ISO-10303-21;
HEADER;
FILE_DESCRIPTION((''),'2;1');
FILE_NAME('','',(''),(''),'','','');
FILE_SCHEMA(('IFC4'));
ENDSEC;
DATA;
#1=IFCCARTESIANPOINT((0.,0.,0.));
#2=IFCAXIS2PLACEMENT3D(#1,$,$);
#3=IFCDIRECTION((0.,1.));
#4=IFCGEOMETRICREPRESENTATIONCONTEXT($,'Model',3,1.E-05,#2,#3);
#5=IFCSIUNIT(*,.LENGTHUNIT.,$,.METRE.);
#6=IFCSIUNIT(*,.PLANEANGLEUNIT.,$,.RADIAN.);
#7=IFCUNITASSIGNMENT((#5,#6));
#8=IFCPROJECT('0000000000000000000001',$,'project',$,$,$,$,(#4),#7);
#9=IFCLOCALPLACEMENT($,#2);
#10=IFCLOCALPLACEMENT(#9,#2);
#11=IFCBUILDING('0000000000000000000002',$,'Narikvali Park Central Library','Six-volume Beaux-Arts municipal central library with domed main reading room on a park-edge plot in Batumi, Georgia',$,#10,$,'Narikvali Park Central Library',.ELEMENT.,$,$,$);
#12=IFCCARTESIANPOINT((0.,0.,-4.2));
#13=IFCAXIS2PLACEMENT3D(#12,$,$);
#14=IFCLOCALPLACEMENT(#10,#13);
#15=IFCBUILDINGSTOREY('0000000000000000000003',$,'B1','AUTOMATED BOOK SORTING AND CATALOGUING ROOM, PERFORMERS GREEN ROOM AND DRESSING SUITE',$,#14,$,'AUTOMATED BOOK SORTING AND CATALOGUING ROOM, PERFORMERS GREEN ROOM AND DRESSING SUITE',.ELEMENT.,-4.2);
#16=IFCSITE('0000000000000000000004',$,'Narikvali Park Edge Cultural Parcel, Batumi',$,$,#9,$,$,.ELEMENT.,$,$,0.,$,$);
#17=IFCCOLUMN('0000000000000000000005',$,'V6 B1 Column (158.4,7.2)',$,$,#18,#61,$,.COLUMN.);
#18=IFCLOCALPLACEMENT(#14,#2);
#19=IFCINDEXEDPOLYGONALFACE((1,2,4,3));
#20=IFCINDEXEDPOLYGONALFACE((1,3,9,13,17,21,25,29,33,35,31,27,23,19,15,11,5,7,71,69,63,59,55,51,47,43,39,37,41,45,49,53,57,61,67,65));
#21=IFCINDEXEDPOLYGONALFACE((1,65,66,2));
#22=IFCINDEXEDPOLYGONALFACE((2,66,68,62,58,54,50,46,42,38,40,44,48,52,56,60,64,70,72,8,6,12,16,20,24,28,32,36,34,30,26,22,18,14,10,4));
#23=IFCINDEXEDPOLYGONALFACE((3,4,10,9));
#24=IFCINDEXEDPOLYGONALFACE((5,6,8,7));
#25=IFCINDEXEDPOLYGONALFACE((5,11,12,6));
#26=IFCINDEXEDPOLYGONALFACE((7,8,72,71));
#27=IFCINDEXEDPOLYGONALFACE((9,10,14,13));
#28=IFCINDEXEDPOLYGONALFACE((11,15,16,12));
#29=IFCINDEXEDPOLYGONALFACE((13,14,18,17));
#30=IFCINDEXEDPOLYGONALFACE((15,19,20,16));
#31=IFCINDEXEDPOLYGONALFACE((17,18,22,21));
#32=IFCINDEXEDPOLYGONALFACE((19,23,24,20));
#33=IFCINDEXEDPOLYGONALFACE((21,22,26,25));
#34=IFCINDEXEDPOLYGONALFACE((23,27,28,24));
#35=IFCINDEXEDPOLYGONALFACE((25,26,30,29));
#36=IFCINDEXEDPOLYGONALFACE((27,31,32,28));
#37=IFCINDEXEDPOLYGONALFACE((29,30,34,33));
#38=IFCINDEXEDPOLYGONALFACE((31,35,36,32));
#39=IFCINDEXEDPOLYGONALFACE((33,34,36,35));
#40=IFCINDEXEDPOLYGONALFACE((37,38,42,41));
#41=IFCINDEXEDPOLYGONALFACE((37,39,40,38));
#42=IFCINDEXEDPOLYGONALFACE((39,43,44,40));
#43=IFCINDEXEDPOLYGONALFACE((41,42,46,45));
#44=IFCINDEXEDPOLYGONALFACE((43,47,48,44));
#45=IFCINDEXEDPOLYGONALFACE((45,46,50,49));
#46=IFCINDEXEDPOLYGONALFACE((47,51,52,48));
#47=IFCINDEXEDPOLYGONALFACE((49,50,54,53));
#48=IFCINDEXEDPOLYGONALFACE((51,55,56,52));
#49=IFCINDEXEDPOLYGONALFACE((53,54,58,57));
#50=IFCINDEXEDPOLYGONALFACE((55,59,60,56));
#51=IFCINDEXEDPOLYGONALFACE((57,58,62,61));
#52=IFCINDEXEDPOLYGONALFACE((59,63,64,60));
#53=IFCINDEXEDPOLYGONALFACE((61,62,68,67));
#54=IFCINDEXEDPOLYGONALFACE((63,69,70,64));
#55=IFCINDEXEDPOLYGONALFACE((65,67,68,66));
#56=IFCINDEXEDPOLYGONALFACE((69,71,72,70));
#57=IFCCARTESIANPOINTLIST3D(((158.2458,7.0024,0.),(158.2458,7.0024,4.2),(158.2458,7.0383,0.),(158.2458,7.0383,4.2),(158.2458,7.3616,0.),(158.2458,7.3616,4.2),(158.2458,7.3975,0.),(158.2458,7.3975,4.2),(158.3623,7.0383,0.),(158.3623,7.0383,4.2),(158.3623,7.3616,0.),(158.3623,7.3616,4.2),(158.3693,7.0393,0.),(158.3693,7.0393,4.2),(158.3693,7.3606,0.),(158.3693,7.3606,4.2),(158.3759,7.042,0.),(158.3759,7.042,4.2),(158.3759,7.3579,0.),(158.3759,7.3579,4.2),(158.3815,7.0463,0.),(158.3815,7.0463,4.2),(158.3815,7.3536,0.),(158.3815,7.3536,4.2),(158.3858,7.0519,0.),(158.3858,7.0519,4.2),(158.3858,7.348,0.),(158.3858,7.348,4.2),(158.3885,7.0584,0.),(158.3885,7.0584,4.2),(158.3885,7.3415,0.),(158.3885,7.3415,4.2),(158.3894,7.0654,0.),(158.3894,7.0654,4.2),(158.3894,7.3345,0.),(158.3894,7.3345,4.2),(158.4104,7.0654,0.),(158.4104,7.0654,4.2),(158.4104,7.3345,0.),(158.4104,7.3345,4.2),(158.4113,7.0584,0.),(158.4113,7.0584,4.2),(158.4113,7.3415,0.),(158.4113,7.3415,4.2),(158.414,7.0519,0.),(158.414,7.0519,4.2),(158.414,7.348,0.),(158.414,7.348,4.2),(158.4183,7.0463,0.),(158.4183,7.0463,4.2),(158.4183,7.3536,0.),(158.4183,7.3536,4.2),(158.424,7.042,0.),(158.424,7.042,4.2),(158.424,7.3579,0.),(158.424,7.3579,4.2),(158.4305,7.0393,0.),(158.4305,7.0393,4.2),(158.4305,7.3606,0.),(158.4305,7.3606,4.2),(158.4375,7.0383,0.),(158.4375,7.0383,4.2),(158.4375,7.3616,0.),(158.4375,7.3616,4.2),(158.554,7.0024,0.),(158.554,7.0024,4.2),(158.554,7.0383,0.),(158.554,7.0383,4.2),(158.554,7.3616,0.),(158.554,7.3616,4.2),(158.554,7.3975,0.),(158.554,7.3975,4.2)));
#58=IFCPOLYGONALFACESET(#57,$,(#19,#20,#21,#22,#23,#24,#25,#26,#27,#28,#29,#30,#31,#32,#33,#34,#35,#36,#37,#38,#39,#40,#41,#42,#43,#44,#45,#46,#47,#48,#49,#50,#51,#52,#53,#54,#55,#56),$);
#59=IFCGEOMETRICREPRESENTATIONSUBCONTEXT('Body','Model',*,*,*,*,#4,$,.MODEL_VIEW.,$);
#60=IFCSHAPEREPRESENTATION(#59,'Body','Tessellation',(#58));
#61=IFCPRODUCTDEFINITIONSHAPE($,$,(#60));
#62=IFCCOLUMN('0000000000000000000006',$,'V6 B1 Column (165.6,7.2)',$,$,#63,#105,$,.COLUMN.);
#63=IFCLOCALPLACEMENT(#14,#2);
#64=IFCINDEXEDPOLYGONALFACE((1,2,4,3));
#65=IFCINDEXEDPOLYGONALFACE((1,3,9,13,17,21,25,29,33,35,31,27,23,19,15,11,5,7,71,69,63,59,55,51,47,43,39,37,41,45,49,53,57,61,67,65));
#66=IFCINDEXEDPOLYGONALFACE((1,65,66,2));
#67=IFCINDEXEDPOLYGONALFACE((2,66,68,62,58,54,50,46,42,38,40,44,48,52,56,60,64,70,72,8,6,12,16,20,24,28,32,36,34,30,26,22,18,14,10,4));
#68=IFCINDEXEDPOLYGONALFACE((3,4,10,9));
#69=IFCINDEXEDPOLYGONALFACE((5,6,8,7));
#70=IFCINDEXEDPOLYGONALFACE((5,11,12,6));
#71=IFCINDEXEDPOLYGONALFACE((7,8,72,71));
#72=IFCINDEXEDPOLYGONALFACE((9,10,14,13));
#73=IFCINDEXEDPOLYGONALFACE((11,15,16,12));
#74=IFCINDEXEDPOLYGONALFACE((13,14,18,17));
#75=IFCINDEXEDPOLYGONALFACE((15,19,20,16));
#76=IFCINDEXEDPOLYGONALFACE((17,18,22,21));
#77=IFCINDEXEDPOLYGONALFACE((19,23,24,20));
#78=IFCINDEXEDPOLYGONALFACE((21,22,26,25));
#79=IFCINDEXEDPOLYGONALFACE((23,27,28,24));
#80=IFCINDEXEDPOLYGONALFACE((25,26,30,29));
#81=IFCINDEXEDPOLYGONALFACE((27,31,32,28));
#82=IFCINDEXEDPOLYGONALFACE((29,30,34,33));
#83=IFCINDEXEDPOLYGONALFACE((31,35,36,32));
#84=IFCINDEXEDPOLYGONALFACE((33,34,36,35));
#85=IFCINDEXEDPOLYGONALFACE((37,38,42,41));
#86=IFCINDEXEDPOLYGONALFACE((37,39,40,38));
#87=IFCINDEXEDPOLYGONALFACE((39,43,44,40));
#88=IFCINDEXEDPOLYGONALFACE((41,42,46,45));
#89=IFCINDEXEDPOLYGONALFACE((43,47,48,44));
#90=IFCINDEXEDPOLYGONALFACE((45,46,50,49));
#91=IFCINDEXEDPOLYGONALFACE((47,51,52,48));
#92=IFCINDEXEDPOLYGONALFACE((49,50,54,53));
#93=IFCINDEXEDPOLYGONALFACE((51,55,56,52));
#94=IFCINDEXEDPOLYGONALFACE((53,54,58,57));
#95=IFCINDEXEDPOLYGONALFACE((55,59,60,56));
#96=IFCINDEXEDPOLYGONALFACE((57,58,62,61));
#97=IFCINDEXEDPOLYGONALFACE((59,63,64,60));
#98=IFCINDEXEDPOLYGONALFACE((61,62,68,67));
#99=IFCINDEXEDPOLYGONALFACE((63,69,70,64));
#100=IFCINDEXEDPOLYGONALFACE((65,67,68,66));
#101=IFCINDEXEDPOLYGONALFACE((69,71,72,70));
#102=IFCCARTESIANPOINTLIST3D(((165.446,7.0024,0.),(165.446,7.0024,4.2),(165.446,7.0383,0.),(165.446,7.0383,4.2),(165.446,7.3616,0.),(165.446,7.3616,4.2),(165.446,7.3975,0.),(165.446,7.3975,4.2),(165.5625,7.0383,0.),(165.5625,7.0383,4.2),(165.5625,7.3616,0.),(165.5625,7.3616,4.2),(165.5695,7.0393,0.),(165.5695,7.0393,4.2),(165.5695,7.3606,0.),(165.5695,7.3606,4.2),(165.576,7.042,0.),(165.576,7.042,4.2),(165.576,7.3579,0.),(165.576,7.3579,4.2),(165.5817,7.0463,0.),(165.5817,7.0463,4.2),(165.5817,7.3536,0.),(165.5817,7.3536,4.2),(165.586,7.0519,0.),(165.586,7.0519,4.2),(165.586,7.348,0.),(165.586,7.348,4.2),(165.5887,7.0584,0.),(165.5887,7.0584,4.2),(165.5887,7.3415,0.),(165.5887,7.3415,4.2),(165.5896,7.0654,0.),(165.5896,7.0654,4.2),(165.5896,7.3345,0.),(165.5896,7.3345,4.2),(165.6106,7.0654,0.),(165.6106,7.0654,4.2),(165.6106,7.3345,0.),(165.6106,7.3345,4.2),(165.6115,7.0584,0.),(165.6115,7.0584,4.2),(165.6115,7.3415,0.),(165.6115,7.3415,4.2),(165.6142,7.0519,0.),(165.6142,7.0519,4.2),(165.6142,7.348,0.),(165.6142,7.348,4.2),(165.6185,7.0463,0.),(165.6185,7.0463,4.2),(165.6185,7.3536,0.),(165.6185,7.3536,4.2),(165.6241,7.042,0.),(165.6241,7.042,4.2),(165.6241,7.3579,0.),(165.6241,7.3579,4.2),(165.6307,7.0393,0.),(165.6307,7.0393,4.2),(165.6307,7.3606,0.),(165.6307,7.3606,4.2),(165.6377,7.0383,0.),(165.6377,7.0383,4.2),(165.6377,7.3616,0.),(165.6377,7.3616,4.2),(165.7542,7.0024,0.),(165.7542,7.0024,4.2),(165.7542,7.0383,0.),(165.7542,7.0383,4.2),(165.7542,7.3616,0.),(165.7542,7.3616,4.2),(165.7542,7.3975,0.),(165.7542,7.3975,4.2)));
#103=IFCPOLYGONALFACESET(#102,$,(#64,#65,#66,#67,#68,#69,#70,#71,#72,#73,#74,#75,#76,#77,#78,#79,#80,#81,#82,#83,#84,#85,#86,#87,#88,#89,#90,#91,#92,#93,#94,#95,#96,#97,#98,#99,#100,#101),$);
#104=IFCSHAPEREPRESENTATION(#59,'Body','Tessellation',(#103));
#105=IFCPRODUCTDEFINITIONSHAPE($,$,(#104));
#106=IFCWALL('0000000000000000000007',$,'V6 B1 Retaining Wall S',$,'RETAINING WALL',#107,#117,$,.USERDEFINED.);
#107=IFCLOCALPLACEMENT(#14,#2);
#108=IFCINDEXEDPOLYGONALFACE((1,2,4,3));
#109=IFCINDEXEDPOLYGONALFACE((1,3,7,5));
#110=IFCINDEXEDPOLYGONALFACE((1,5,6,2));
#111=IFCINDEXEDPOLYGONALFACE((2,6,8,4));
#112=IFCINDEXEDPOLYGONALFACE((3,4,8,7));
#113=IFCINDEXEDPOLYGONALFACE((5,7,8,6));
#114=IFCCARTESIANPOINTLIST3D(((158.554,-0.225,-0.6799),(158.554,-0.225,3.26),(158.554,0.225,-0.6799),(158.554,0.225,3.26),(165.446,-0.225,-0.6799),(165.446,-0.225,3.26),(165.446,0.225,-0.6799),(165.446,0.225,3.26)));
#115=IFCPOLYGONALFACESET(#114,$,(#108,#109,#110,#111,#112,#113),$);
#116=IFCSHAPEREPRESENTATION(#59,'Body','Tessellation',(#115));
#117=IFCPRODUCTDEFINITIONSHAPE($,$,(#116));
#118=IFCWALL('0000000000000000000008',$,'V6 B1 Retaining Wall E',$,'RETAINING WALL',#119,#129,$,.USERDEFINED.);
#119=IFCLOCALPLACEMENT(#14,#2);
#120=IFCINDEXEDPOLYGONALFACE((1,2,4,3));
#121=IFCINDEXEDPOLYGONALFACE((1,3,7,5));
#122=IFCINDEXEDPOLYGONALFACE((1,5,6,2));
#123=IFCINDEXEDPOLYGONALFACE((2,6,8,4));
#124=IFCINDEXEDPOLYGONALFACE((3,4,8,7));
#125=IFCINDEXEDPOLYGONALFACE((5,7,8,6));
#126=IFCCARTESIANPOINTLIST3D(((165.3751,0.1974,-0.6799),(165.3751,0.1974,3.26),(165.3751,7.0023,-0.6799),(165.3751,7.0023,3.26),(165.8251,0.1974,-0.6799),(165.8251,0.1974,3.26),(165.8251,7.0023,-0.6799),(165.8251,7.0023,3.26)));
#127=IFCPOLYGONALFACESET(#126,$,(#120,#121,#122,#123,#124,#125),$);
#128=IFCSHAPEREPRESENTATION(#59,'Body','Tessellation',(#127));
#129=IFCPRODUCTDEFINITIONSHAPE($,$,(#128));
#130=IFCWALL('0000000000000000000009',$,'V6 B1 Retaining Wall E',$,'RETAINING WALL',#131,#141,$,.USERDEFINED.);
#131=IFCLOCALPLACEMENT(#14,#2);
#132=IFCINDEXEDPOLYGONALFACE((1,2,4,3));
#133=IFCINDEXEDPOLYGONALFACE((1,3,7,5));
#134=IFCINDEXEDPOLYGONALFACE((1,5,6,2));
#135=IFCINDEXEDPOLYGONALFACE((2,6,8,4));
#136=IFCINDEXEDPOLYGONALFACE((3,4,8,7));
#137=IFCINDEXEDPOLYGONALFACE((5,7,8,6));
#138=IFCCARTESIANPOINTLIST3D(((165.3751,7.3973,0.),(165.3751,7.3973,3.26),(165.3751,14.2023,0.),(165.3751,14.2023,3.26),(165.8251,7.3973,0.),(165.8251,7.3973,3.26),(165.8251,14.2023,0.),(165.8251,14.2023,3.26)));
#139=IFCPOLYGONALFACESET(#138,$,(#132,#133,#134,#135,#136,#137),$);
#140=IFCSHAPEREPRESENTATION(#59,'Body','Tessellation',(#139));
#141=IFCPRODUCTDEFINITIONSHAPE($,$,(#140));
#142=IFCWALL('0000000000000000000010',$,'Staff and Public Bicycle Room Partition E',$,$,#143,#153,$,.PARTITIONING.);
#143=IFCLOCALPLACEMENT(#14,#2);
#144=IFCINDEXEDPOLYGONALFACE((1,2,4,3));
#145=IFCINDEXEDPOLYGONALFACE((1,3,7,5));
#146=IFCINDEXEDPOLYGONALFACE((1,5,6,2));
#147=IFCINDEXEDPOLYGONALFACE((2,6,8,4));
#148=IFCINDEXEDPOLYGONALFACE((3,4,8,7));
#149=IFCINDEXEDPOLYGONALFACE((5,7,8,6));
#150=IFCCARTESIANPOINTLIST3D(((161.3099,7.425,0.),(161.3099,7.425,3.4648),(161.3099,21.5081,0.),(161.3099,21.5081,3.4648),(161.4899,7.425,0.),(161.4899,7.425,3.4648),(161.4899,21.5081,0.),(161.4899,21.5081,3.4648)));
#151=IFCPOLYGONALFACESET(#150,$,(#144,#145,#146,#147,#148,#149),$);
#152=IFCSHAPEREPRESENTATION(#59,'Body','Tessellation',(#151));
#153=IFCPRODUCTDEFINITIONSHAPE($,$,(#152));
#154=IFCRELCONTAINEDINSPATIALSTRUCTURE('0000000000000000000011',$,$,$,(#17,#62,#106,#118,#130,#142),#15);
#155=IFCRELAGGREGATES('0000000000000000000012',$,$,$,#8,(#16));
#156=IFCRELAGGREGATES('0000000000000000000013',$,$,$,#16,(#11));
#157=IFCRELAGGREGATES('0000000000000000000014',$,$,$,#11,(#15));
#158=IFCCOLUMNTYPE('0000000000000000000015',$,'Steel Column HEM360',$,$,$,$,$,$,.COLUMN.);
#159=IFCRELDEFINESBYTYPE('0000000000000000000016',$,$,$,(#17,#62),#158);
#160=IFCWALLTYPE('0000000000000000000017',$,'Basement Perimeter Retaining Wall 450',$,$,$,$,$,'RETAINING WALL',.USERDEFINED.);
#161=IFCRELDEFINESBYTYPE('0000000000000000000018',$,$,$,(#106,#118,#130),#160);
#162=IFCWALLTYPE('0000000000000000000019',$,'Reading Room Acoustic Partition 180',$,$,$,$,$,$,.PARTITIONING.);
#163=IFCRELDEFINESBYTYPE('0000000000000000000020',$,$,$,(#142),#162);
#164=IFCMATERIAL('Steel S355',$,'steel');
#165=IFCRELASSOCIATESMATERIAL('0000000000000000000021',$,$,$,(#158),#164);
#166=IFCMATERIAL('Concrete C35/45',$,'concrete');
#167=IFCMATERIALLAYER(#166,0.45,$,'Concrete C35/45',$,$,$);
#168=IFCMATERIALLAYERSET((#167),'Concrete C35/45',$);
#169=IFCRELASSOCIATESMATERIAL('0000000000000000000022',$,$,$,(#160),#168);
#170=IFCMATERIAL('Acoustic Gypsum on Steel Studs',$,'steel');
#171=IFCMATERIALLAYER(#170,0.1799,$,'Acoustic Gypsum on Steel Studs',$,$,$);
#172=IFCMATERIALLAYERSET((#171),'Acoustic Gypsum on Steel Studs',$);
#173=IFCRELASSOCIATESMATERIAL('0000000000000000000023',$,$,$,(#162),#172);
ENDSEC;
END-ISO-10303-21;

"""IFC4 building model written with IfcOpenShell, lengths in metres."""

from ifc_helpers import new_model, si_unit, direction, frame, frame_2d, origin, origin_2d, place, context, subcontext, project, spatial, rectangle, i_section, extrude, material, layer, layer_set, material_profile, profile_set, type_object, element, save


model = new_model("IFC4")

# Units and contexts
model_context = context("Model", 3, precision=1e-05, world=origin(), true_north=direction((0.0, 1.0)))
body_context = subcontext(model_context, "Body", "Model", "MODEL_VIEW")
ifc_project = project(units=[si_unit("LENGTHUNIT", "METRE"), si_unit("PLANEANGLEUNIT", "RADIAN")], contexts=[model_context])

# Site, building, storey
site_placement = place(None, origin())
site = spatial("IfcSite", under=ifc_project, at=site_placement, Name="Narikvali Park Edge Cultural Parcel, Batumi", CompositionType="ELEMENT", RefElevation=0.0)
building_placement = place(site_placement, origin())
building = spatial("IfcBuilding", under=site, at=building_placement, Name="Narikvali Park Central Library", Description="Six-volume Beaux-Arts municipal central library with domed main reading room on a park-edge plot in Batumi, Georgia", LongName="Narikvali Park Central Library", CompositionType="ELEMENT")
storey_placement = place(building_placement, frame((0.0, 0.0, -4.2)))
storey = spatial("IfcBuildingStorey", under=building, at=storey_placement, Name="B1", Description="AUTOMATED BOOK SORTING AND CATALOGUING ROOM, PERFORMERS GREEN ROOM AND DRESSING SUITE", LongName="AUTOMATED BOOK SORTING AND CATALOGUING ROOM, PERFORMERS GREEN ROOM AND DRESSING SUITE", CompositionType="ELEMENT", Elevation=-4.2)

# Shared definitions
ifc_material_1 = material(Name="Concrete C35/45", Category="concrete")

# Columns
ifc_material_2 = material(Name="Steel S355", Category="steel")
ifc_material_profile_1 = material_profile(ifc_material_2, i_section(OverallWidth=0.3081, OverallDepth=0.395, WebThickness=0.021, FlangeThickness=0.0359, FilletRadius=0.0271, at=origin_2d()), Name="HEM 360")
ifc_profile_set_1 = profile_set([ifc_material_profile_1], Name="Steel S355")
column_type_1 = type_object("IfcColumnType", Name="Steel Column HEM360", PredefinedType="COLUMN", material=ifc_profile_set_1)
for number, where, z_axis, x_axis, name in (
    (1, (158.3999, 7.2, 0.0), (0.0, 0.0, 1.0), (1.0, 0.0, 0.0), "V6 B1 Column (158.4,7.2)"),
    (2, (165.6001, 7.2, 0.0), (0.0, 0.0, 1.0), (1.0, 0.0, 0.0), "V6 B1 Column (165.6,7.2)"),
):
    element("IfcColumn", number, at=place(storey_placement, frame(where, z_axis=z_axis, x_axis=x_axis)), inside=storey, type_object=column_type_1, Name=name, PredefinedType="COLUMN", context=body_context, shape_type="SweptSolid", body=[
        extrude(i_section(OverallWidth=0.3081, OverallDepth=0.395, WebThickness=0.021, FlangeThickness=0.0359, FilletRadius=0.0271, at=origin_2d()), origin(), (0.0, 0.0, 1.0), 4.2),
    ])

# Walls
ifc_layer_1 = layer(ifc_material_1, 0.45, Name="Concrete C35/45")
ifc_layer_set_1 = layer_set([ifc_layer_1], Name="Concrete C35/45")
wall_type_1 = type_object("IfcWallType", Name="Basement Perimeter Retaining Wall 450", ElementType="RETAINING WALL", PredefinedType="USERDEFINED", material=ifc_layer_set_1)
wall_1_placement = place(storey_placement, frame((158.554, 0.0, -0.6799), z_axis=(0.0, 0.0, 1.0), x_axis=(1.0, 0.0, 0.0)))
element("IfcWall", 3, at=wall_1_placement, inside=storey, type_object=wall_type_1, Name="V6 B1 Retaining Wall S", ObjectType="RETAINING WALL", PredefinedType="USERDEFINED", context=body_context, shape_type="SweptSolid", body=[
    extrude(rectangle(XDim=6.8921, YDim=0.45, at=frame_2d((3.446, 0.0))), origin(), (0.0, 0.0, 1.0), 3.9399),
])
wall_2_placement = place(storey_placement, frame((165.6001, 0.1975, -0.6799), z_axis=(0.0, 0.0, 1.0), x_axis=(0.0, 1.0, 0.0)))
element("IfcWall", 4, at=wall_2_placement, inside=storey, type_object=wall_type_1, Name="V6 B1 Retaining Wall E", ObjectType="RETAINING WALL", PredefinedType="USERDEFINED", context=body_context, shape_type="SweptSolid", body=[
    extrude(rectangle(XDim=6.8049, YDim=0.45, at=frame_2d((3.4023, 0.0))), origin(), (0.0, 0.0, 1.0), 3.9399),
])
wall_3_placement = place(storey_placement, frame((165.6001, 7.3975, 0.0), z_axis=(0.0, 0.0, 1.0), x_axis=(0.0, 1.0, 0.0)))
element("IfcWall", 5, at=wall_3_placement, inside=storey, type_object=wall_type_1, Name="V6 B1 Retaining Wall E", ObjectType="RETAINING WALL", PredefinedType="USERDEFINED", context=body_context, shape_type="SweptSolid", body=[
    extrude(rectangle(XDim=6.8049, YDim=0.45, at=frame_2d((3.4023, 0.0))), origin(), (0.0, 0.0, 1.0), 3.26),
])
ifc_material_3 = material(Name="Acoustic Gypsum on Steel Studs", Category="steel")
ifc_layer_2 = layer(ifc_material_3, 0.1799, Name="Acoustic Gypsum on Steel Studs")
ifc_layer_set_2 = layer_set([ifc_layer_2], Name="Acoustic Gypsum on Steel Studs")
wall_type_2 = type_object("IfcWallType", Name="Reading Room Acoustic Partition 180", PredefinedType="PARTITIONING", material=ifc_layer_set_2)
wall_4_placement = place(storey_placement, frame((161.3999, 7.425, 0.0), z_axis=(0.0, 0.0, 1.0), x_axis=(0.0, 1.0, 0.0)))
element("IfcWall", 6, at=wall_4_placement, inside=storey, type_object=wall_type_2, Name="Staff and Public Bicycle Room Partition E", PredefinedType="PARTITIONING", context=body_context, shape_type="SweptSolid", body=[
    extrude(rectangle(XDim=14.083, YDim=0.1799, at=frame_2d((7.0415, 0.0))), origin(), (0.0, 0.0, 1.0), 3.4648),
])

save(model, "model.ifc")
